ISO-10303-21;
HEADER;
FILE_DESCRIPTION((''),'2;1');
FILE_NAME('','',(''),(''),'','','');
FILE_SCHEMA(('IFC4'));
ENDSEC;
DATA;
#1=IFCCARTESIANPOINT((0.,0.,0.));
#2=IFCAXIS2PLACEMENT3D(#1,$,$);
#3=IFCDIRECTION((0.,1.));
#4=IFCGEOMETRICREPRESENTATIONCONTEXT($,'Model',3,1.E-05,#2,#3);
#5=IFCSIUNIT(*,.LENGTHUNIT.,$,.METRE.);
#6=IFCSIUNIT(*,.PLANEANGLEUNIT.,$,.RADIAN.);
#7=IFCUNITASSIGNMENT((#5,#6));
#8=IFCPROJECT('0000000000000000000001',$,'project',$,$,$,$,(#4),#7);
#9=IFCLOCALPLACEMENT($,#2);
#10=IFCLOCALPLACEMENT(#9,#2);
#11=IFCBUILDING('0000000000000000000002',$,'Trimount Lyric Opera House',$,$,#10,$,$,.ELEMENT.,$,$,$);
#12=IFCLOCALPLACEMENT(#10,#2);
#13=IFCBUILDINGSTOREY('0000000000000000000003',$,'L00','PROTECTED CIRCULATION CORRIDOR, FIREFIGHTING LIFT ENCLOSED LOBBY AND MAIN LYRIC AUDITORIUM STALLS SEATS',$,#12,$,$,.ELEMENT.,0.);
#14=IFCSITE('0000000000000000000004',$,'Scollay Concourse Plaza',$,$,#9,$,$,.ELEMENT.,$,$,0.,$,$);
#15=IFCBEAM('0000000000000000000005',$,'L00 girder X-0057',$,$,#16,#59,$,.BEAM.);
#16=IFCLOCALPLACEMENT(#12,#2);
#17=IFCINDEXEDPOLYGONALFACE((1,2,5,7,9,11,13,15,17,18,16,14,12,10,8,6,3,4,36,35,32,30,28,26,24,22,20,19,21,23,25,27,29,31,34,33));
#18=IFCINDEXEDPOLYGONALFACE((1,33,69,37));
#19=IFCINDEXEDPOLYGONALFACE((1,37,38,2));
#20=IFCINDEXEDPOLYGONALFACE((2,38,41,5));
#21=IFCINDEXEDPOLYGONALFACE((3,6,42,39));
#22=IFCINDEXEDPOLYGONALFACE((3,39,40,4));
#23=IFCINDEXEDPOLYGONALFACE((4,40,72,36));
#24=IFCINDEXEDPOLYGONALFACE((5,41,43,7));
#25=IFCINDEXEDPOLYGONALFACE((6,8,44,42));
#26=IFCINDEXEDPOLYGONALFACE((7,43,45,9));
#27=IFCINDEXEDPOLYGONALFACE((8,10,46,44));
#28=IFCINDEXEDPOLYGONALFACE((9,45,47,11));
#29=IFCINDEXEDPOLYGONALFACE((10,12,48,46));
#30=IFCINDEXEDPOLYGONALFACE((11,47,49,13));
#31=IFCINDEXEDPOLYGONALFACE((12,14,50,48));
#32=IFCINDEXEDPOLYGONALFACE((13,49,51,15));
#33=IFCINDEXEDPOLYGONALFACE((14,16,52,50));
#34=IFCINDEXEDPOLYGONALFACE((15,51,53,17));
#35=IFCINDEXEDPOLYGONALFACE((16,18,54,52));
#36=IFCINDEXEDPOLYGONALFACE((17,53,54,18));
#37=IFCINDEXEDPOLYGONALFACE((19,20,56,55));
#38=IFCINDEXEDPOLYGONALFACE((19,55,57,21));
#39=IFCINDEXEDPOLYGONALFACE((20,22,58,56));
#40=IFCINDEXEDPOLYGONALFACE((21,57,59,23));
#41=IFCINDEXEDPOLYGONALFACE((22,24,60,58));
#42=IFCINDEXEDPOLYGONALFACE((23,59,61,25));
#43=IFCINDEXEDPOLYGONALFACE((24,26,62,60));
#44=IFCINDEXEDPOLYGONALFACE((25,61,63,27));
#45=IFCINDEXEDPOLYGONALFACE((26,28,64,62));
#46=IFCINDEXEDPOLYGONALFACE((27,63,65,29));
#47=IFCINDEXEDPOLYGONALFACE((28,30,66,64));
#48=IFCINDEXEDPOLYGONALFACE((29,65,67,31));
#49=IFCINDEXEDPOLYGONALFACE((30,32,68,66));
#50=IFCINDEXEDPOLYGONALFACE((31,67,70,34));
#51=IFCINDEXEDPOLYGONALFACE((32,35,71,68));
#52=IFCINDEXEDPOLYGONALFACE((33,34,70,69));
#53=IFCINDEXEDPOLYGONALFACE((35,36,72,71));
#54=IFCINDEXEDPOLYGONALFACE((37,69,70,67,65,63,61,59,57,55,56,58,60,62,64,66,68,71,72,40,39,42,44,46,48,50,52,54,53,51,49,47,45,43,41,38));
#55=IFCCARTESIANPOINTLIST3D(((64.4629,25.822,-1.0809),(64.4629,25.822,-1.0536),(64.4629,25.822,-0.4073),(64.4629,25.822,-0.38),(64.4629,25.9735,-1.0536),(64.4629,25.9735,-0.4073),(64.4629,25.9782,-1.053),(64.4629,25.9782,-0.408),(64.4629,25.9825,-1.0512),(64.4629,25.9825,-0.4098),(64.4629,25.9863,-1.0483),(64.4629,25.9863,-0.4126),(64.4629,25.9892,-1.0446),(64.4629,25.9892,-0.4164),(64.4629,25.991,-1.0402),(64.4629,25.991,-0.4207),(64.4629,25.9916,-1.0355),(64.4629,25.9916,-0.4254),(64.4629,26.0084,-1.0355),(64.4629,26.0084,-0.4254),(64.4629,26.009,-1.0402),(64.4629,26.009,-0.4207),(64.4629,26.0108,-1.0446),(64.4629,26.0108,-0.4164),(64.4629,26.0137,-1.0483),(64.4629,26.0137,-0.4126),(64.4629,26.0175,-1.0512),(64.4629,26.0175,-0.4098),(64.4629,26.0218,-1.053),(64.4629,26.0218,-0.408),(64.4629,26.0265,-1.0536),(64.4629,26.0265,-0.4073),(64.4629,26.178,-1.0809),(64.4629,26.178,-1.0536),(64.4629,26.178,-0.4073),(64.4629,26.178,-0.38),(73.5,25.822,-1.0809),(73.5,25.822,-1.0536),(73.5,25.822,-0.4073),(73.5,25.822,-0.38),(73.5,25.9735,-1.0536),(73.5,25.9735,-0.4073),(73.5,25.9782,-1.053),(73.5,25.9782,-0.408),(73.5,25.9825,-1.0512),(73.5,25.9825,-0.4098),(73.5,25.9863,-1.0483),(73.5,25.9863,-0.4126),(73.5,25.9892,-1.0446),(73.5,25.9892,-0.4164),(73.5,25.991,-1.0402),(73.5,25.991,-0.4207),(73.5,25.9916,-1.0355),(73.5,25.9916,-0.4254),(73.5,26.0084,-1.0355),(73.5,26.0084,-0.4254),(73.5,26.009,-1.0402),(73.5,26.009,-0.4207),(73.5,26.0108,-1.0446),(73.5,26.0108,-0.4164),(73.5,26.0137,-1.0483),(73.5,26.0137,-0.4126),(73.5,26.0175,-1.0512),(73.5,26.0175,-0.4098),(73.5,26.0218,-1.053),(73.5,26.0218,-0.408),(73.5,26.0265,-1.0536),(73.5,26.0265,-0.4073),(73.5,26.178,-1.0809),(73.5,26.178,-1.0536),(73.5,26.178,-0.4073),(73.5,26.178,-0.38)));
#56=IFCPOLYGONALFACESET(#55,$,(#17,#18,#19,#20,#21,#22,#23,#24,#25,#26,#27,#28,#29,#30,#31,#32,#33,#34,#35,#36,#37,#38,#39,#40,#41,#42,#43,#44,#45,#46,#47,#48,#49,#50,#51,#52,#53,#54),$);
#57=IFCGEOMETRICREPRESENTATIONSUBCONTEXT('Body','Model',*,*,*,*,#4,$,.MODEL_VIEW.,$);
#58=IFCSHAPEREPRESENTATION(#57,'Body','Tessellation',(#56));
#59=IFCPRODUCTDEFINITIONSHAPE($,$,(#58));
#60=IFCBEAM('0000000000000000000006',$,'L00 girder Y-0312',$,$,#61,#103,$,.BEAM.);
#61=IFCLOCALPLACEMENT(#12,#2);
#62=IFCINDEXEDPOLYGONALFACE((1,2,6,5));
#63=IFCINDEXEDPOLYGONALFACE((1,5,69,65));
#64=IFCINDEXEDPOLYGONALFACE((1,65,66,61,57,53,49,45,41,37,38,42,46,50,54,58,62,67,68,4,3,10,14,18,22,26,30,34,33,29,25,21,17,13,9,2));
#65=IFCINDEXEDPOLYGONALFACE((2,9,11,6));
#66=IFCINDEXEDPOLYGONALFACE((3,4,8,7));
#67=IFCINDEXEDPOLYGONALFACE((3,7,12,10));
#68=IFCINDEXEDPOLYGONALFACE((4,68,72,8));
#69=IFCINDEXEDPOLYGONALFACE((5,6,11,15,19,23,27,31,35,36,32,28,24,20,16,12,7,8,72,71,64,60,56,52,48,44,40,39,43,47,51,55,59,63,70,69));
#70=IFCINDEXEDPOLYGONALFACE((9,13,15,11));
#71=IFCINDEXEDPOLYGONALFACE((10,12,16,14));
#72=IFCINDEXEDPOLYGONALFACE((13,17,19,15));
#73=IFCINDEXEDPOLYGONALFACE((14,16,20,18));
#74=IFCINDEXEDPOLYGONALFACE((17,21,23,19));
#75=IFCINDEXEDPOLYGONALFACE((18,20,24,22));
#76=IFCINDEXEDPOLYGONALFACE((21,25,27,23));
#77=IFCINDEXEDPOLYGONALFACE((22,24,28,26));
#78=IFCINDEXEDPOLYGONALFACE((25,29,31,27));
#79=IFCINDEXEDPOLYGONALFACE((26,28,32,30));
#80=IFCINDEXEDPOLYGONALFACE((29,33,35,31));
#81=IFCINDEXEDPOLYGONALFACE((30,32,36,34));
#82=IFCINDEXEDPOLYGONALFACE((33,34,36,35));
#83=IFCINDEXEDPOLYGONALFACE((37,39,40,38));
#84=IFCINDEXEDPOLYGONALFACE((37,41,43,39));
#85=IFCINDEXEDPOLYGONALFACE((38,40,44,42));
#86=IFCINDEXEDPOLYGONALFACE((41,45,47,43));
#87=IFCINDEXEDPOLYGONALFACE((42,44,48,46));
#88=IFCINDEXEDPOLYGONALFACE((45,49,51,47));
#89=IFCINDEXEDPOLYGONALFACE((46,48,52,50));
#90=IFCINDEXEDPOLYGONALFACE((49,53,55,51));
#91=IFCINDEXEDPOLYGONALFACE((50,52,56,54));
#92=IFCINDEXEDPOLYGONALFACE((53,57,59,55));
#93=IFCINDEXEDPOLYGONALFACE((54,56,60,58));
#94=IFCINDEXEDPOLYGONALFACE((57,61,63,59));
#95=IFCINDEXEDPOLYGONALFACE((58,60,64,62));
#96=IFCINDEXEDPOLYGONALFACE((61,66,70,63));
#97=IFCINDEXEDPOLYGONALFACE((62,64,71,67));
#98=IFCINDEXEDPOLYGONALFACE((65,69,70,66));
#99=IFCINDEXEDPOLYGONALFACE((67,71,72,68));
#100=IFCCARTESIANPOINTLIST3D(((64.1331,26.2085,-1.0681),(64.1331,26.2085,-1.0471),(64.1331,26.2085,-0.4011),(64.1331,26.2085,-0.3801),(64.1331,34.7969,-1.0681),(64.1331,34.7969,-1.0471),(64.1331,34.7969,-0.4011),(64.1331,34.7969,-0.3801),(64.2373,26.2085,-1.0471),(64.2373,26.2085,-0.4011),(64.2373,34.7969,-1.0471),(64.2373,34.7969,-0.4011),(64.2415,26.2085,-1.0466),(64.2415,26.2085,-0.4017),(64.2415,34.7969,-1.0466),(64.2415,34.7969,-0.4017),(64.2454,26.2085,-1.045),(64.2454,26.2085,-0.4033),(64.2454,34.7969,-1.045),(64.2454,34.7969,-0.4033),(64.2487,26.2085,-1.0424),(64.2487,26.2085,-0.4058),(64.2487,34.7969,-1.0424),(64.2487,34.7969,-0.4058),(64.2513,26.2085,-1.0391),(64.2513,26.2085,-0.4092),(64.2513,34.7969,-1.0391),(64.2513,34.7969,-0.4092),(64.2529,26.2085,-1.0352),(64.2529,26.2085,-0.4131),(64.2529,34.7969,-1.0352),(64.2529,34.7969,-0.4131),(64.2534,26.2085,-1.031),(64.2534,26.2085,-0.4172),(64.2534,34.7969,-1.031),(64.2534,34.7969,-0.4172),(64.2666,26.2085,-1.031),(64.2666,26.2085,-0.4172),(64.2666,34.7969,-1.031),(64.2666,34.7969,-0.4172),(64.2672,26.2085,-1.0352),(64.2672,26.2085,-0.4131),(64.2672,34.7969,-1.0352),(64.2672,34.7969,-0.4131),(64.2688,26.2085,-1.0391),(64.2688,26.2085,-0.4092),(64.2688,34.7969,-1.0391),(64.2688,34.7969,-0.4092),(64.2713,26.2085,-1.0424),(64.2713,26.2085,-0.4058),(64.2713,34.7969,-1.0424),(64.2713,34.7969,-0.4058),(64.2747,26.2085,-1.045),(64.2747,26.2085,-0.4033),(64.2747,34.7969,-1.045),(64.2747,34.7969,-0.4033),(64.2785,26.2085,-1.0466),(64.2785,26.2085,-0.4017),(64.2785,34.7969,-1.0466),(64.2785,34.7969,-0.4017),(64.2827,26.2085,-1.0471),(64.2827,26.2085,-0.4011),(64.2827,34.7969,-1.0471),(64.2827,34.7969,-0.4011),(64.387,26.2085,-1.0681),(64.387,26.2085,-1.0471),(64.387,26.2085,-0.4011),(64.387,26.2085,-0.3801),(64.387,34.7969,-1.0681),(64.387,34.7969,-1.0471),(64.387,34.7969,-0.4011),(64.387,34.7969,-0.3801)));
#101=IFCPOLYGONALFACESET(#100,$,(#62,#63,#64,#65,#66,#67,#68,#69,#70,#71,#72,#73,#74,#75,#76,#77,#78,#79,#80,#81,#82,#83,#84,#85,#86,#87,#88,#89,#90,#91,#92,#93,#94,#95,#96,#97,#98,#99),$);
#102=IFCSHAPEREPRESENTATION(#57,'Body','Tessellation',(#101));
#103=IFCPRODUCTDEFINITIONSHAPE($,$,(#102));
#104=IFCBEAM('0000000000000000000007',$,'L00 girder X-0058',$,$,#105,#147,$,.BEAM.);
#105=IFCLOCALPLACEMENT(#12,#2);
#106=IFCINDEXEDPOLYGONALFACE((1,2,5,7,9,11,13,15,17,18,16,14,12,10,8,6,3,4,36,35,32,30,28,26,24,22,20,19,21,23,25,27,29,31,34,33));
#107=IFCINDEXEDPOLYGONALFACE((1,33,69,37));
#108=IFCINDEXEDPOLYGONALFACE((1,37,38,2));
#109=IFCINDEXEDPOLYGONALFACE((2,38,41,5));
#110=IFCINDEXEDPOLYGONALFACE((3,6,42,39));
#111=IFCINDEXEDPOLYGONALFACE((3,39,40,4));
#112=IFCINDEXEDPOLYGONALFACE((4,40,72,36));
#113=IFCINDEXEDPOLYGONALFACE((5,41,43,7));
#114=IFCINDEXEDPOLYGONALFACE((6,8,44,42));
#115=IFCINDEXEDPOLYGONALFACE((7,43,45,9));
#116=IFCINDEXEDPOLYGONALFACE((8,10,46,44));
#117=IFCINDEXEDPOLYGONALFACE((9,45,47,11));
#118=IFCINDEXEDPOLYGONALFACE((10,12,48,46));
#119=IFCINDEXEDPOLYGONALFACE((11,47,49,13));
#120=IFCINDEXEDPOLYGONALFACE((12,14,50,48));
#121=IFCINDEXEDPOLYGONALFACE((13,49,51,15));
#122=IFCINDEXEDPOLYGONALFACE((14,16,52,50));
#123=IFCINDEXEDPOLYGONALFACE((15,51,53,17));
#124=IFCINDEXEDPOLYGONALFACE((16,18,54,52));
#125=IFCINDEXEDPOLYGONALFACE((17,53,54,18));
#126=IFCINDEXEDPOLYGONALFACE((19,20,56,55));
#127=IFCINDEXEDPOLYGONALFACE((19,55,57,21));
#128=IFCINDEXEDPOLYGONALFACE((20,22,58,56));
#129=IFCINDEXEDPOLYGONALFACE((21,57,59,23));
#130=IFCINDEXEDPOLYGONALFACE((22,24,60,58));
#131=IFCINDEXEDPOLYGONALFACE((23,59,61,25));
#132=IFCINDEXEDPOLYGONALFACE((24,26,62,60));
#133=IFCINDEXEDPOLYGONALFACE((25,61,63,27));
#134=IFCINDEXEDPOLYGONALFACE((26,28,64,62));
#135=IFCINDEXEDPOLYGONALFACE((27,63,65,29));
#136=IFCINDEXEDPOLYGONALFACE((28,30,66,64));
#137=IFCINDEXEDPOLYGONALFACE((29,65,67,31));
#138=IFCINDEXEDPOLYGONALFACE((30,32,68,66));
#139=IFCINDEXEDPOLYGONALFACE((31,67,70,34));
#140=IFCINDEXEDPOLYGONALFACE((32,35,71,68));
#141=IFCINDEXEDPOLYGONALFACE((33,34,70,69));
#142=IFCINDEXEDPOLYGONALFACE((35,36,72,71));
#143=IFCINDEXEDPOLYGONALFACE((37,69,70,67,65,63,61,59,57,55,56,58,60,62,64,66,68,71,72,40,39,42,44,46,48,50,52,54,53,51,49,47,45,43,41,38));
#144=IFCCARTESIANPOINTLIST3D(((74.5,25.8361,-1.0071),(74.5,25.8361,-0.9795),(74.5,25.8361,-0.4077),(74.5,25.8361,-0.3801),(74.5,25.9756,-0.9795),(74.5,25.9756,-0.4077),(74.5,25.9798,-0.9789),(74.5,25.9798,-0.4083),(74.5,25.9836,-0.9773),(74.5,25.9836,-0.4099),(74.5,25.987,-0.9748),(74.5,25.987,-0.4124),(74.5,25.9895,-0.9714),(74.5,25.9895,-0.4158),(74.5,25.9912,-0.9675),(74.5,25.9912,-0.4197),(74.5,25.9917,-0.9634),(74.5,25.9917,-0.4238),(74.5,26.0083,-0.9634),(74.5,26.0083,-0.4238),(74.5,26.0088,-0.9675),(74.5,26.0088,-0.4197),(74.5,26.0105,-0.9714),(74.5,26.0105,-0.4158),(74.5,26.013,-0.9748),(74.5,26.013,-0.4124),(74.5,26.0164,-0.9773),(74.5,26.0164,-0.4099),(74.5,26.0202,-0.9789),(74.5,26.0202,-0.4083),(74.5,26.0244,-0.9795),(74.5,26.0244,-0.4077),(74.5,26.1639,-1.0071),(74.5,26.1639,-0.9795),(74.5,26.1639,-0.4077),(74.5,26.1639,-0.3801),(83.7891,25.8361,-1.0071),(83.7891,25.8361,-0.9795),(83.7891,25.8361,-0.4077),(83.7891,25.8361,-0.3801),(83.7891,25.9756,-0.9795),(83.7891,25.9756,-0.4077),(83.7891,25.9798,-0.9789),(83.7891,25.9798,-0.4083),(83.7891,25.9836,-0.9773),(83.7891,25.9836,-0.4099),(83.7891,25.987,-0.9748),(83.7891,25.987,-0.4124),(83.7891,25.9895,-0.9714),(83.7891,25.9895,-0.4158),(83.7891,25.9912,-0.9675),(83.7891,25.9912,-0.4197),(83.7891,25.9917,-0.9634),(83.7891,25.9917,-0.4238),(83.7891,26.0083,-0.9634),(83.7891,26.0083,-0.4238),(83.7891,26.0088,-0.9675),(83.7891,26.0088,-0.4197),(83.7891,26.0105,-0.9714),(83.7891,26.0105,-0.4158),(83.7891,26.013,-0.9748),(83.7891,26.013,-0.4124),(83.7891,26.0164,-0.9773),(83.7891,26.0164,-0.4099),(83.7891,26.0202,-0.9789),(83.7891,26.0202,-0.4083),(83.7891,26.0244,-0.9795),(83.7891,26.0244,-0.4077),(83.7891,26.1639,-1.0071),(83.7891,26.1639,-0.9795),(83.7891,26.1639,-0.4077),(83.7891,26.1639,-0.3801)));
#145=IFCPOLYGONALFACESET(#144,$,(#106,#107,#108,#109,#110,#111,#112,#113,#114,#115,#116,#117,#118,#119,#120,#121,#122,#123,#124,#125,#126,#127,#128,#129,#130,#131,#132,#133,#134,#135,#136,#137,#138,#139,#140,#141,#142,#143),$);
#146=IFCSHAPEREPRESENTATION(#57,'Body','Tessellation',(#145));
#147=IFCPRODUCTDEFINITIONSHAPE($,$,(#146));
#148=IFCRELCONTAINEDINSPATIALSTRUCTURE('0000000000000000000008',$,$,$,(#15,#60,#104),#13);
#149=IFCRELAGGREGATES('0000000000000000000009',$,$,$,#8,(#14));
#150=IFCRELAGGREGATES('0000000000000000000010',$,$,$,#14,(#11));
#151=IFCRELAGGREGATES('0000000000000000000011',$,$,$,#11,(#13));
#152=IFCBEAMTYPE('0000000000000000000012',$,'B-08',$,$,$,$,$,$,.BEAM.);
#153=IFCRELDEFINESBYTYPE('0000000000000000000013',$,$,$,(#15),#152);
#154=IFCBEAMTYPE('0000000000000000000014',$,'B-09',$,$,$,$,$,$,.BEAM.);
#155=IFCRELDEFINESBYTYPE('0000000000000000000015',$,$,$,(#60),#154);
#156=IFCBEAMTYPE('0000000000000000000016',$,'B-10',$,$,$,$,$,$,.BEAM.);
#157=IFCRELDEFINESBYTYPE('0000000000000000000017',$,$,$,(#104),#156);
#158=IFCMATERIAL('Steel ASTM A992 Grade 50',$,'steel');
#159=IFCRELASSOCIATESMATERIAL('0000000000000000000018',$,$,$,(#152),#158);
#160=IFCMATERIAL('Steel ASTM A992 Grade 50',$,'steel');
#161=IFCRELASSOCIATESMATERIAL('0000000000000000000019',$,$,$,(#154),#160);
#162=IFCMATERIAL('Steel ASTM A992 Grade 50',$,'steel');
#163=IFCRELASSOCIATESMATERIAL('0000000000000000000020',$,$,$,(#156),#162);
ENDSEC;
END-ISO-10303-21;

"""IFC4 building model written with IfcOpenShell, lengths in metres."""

from ifc_helpers import new_model, si_unit, direction, frame, origin, origin_2d, place, context, subcontext, project, spatial, i_section, extrude, material, material_profile, profile_set, type_object, element, save


model = new_model("IFC4")

# Units and contexts
model_context = context("Model", 3, precision=1e-05, world=origin(), true_north=direction((0.0, 1.0)))
body_context = subcontext(model_context, "Body", "Model", "MODEL_VIEW")
ifc_project = project(units=[si_unit("LENGTHUNIT", "METRE"), si_unit("PLANEANGLEUNIT", "RADIAN")], contexts=[model_context])

# Site, building, storey
site_placement = place(None, origin())
site = spatial("IfcSite", under=ifc_project, at=site_placement, Name="Scollay Concourse Plaza", CompositionType="ELEMENT", RefElevation=0.0)
building_placement = place(site_placement, origin())
building = spatial("IfcBuilding", under=site, at=building_placement, Name="Trimount Lyric Opera House", CompositionType="ELEMENT")
storey_placement = place(building_placement, origin())
storey = spatial("IfcBuildingStorey", under=building, at=storey_placement, Name="L00", Description="PROTECTED CIRCULATION CORRIDOR, FIREFIGHTING LIFT ENCLOSED LOBBY AND MAIN LYRIC AUDITORIUM STALLS SEATS", CompositionType="ELEMENT", Elevation=0.0)

# Beams
ifc_material_1 = material(Name="Steel ASTM A992 Grade 50", Category="steel")
ifc_material_profile_1 = material_profile(ifc_material_1, i_section(OverallWidth=0.356, OverallDepth=0.7009, WebThickness=0.0168, FlangeThickness=0.0273, FilletRadius=0.0181, at=origin_2d()), Name="W27X161")
ifc_profile_set_1 = profile_set([ifc_material_profile_1], Name="Steel ASTM A992 Grade 50")
beam_type_1 = type_object("IfcBeamType", Name="B-08", PredefinedType="BEAM", material=ifc_profile_set_1)
beam_1_placement = place(storey_placement, frame((64.4629, 26.0, -0.7305), z_axis=(1.0, 0.0, 0.0), x_axis=(0.0, 1.0, 0.0)))
element("IfcBeam", 1, at=beam_1_placement, inside=storey, type_object=beam_type_1, Name="L00 girder X-0057", PredefinedType="BEAM", context=body_context, shape_type="SweptSolid", body=[
    extrude(i_section(OverallWidth=0.356, OverallDepth=0.7009, WebThickness=0.0168, FlangeThickness=0.0273, FilletRadius=0.0181, at=origin_2d()), origin(), (0.0, 0.0, 1.0), 9.0371),
])
ifc_material_2 = material(Name="Steel ASTM A992 Grade 50", Category="steel")
ifc_material_profile_2 = material_profile(ifc_material_2, i_section(OverallWidth=0.2539, OverallDepth=0.688, WebThickness=0.0132, FlangeThickness=0.021, FilletRadius=0.0161, at=origin_2d()), Name="W27X102")
ifc_profile_set_2 = profile_set([ifc_material_profile_2], Name="Steel ASTM A992 Grade 50")
beam_type_2 = type_object("IfcBeamType", Name="B-09", PredefinedType="BEAM", material=ifc_profile_set_2)
beam_2_placement = place(storey_placement, frame((64.26, 26.2085, -0.7241), z_axis=(0.0, 1.0, 0.0), x_axis=(-1.0, 0.0, 0.0)))
element("IfcBeam", 2, at=beam_2_placement, inside=storey, type_object=beam_type_2, Name="L00 girder Y-0312", PredefinedType="BEAM", context=body_context, shape_type="SweptSolid", body=[
    extrude(i_section(OverallWidth=0.2539, OverallDepth=0.688, WebThickness=0.0132, FlangeThickness=0.021, FilletRadius=0.0161, at=origin_2d()), origin(), (0.0, 0.0, 1.0), 8.5884),
])
ifc_material_3 = material(Name="Steel ASTM A992 Grade 50", Category="steel")
ifc_material_profile_3 = material_profile(ifc_material_3, i_section(OverallWidth=0.3279, OverallDepth=0.627, WebThickness=0.0166, FlangeThickness=0.0276, FilletRadius=0.0161, at=origin_2d()), Name="W24X146")
ifc_profile_set_3 = profile_set([ifc_material_profile_3], Name="Steel ASTM A992 Grade 50")
beam_type_3 = type_object("IfcBeamType", Name="B-10", PredefinedType="BEAM", material=ifc_profile_set_3)
beam_3_placement = place(storey_placement, frame((74.5, 26.0, -0.6936), z_axis=(1.0, 0.0, 0.0), x_axis=(0.0, 1.0, 0.0)))
element("IfcBeam", 3, at=beam_3_placement, inside=storey, type_object=beam_type_3, Name="L00 girder X-0058", PredefinedType="BEAM", context=body_context, shape_type="SweptSolid", body=[
    extrude(i_section(OverallWidth=0.3279, OverallDepth=0.627, WebThickness=0.0166, FlangeThickness=0.0276, FilletRadius=0.0161, at=origin_2d()), origin(), (0.0, 0.0, 1.0), 9.2891),
])

save(model, "model.ifc")
